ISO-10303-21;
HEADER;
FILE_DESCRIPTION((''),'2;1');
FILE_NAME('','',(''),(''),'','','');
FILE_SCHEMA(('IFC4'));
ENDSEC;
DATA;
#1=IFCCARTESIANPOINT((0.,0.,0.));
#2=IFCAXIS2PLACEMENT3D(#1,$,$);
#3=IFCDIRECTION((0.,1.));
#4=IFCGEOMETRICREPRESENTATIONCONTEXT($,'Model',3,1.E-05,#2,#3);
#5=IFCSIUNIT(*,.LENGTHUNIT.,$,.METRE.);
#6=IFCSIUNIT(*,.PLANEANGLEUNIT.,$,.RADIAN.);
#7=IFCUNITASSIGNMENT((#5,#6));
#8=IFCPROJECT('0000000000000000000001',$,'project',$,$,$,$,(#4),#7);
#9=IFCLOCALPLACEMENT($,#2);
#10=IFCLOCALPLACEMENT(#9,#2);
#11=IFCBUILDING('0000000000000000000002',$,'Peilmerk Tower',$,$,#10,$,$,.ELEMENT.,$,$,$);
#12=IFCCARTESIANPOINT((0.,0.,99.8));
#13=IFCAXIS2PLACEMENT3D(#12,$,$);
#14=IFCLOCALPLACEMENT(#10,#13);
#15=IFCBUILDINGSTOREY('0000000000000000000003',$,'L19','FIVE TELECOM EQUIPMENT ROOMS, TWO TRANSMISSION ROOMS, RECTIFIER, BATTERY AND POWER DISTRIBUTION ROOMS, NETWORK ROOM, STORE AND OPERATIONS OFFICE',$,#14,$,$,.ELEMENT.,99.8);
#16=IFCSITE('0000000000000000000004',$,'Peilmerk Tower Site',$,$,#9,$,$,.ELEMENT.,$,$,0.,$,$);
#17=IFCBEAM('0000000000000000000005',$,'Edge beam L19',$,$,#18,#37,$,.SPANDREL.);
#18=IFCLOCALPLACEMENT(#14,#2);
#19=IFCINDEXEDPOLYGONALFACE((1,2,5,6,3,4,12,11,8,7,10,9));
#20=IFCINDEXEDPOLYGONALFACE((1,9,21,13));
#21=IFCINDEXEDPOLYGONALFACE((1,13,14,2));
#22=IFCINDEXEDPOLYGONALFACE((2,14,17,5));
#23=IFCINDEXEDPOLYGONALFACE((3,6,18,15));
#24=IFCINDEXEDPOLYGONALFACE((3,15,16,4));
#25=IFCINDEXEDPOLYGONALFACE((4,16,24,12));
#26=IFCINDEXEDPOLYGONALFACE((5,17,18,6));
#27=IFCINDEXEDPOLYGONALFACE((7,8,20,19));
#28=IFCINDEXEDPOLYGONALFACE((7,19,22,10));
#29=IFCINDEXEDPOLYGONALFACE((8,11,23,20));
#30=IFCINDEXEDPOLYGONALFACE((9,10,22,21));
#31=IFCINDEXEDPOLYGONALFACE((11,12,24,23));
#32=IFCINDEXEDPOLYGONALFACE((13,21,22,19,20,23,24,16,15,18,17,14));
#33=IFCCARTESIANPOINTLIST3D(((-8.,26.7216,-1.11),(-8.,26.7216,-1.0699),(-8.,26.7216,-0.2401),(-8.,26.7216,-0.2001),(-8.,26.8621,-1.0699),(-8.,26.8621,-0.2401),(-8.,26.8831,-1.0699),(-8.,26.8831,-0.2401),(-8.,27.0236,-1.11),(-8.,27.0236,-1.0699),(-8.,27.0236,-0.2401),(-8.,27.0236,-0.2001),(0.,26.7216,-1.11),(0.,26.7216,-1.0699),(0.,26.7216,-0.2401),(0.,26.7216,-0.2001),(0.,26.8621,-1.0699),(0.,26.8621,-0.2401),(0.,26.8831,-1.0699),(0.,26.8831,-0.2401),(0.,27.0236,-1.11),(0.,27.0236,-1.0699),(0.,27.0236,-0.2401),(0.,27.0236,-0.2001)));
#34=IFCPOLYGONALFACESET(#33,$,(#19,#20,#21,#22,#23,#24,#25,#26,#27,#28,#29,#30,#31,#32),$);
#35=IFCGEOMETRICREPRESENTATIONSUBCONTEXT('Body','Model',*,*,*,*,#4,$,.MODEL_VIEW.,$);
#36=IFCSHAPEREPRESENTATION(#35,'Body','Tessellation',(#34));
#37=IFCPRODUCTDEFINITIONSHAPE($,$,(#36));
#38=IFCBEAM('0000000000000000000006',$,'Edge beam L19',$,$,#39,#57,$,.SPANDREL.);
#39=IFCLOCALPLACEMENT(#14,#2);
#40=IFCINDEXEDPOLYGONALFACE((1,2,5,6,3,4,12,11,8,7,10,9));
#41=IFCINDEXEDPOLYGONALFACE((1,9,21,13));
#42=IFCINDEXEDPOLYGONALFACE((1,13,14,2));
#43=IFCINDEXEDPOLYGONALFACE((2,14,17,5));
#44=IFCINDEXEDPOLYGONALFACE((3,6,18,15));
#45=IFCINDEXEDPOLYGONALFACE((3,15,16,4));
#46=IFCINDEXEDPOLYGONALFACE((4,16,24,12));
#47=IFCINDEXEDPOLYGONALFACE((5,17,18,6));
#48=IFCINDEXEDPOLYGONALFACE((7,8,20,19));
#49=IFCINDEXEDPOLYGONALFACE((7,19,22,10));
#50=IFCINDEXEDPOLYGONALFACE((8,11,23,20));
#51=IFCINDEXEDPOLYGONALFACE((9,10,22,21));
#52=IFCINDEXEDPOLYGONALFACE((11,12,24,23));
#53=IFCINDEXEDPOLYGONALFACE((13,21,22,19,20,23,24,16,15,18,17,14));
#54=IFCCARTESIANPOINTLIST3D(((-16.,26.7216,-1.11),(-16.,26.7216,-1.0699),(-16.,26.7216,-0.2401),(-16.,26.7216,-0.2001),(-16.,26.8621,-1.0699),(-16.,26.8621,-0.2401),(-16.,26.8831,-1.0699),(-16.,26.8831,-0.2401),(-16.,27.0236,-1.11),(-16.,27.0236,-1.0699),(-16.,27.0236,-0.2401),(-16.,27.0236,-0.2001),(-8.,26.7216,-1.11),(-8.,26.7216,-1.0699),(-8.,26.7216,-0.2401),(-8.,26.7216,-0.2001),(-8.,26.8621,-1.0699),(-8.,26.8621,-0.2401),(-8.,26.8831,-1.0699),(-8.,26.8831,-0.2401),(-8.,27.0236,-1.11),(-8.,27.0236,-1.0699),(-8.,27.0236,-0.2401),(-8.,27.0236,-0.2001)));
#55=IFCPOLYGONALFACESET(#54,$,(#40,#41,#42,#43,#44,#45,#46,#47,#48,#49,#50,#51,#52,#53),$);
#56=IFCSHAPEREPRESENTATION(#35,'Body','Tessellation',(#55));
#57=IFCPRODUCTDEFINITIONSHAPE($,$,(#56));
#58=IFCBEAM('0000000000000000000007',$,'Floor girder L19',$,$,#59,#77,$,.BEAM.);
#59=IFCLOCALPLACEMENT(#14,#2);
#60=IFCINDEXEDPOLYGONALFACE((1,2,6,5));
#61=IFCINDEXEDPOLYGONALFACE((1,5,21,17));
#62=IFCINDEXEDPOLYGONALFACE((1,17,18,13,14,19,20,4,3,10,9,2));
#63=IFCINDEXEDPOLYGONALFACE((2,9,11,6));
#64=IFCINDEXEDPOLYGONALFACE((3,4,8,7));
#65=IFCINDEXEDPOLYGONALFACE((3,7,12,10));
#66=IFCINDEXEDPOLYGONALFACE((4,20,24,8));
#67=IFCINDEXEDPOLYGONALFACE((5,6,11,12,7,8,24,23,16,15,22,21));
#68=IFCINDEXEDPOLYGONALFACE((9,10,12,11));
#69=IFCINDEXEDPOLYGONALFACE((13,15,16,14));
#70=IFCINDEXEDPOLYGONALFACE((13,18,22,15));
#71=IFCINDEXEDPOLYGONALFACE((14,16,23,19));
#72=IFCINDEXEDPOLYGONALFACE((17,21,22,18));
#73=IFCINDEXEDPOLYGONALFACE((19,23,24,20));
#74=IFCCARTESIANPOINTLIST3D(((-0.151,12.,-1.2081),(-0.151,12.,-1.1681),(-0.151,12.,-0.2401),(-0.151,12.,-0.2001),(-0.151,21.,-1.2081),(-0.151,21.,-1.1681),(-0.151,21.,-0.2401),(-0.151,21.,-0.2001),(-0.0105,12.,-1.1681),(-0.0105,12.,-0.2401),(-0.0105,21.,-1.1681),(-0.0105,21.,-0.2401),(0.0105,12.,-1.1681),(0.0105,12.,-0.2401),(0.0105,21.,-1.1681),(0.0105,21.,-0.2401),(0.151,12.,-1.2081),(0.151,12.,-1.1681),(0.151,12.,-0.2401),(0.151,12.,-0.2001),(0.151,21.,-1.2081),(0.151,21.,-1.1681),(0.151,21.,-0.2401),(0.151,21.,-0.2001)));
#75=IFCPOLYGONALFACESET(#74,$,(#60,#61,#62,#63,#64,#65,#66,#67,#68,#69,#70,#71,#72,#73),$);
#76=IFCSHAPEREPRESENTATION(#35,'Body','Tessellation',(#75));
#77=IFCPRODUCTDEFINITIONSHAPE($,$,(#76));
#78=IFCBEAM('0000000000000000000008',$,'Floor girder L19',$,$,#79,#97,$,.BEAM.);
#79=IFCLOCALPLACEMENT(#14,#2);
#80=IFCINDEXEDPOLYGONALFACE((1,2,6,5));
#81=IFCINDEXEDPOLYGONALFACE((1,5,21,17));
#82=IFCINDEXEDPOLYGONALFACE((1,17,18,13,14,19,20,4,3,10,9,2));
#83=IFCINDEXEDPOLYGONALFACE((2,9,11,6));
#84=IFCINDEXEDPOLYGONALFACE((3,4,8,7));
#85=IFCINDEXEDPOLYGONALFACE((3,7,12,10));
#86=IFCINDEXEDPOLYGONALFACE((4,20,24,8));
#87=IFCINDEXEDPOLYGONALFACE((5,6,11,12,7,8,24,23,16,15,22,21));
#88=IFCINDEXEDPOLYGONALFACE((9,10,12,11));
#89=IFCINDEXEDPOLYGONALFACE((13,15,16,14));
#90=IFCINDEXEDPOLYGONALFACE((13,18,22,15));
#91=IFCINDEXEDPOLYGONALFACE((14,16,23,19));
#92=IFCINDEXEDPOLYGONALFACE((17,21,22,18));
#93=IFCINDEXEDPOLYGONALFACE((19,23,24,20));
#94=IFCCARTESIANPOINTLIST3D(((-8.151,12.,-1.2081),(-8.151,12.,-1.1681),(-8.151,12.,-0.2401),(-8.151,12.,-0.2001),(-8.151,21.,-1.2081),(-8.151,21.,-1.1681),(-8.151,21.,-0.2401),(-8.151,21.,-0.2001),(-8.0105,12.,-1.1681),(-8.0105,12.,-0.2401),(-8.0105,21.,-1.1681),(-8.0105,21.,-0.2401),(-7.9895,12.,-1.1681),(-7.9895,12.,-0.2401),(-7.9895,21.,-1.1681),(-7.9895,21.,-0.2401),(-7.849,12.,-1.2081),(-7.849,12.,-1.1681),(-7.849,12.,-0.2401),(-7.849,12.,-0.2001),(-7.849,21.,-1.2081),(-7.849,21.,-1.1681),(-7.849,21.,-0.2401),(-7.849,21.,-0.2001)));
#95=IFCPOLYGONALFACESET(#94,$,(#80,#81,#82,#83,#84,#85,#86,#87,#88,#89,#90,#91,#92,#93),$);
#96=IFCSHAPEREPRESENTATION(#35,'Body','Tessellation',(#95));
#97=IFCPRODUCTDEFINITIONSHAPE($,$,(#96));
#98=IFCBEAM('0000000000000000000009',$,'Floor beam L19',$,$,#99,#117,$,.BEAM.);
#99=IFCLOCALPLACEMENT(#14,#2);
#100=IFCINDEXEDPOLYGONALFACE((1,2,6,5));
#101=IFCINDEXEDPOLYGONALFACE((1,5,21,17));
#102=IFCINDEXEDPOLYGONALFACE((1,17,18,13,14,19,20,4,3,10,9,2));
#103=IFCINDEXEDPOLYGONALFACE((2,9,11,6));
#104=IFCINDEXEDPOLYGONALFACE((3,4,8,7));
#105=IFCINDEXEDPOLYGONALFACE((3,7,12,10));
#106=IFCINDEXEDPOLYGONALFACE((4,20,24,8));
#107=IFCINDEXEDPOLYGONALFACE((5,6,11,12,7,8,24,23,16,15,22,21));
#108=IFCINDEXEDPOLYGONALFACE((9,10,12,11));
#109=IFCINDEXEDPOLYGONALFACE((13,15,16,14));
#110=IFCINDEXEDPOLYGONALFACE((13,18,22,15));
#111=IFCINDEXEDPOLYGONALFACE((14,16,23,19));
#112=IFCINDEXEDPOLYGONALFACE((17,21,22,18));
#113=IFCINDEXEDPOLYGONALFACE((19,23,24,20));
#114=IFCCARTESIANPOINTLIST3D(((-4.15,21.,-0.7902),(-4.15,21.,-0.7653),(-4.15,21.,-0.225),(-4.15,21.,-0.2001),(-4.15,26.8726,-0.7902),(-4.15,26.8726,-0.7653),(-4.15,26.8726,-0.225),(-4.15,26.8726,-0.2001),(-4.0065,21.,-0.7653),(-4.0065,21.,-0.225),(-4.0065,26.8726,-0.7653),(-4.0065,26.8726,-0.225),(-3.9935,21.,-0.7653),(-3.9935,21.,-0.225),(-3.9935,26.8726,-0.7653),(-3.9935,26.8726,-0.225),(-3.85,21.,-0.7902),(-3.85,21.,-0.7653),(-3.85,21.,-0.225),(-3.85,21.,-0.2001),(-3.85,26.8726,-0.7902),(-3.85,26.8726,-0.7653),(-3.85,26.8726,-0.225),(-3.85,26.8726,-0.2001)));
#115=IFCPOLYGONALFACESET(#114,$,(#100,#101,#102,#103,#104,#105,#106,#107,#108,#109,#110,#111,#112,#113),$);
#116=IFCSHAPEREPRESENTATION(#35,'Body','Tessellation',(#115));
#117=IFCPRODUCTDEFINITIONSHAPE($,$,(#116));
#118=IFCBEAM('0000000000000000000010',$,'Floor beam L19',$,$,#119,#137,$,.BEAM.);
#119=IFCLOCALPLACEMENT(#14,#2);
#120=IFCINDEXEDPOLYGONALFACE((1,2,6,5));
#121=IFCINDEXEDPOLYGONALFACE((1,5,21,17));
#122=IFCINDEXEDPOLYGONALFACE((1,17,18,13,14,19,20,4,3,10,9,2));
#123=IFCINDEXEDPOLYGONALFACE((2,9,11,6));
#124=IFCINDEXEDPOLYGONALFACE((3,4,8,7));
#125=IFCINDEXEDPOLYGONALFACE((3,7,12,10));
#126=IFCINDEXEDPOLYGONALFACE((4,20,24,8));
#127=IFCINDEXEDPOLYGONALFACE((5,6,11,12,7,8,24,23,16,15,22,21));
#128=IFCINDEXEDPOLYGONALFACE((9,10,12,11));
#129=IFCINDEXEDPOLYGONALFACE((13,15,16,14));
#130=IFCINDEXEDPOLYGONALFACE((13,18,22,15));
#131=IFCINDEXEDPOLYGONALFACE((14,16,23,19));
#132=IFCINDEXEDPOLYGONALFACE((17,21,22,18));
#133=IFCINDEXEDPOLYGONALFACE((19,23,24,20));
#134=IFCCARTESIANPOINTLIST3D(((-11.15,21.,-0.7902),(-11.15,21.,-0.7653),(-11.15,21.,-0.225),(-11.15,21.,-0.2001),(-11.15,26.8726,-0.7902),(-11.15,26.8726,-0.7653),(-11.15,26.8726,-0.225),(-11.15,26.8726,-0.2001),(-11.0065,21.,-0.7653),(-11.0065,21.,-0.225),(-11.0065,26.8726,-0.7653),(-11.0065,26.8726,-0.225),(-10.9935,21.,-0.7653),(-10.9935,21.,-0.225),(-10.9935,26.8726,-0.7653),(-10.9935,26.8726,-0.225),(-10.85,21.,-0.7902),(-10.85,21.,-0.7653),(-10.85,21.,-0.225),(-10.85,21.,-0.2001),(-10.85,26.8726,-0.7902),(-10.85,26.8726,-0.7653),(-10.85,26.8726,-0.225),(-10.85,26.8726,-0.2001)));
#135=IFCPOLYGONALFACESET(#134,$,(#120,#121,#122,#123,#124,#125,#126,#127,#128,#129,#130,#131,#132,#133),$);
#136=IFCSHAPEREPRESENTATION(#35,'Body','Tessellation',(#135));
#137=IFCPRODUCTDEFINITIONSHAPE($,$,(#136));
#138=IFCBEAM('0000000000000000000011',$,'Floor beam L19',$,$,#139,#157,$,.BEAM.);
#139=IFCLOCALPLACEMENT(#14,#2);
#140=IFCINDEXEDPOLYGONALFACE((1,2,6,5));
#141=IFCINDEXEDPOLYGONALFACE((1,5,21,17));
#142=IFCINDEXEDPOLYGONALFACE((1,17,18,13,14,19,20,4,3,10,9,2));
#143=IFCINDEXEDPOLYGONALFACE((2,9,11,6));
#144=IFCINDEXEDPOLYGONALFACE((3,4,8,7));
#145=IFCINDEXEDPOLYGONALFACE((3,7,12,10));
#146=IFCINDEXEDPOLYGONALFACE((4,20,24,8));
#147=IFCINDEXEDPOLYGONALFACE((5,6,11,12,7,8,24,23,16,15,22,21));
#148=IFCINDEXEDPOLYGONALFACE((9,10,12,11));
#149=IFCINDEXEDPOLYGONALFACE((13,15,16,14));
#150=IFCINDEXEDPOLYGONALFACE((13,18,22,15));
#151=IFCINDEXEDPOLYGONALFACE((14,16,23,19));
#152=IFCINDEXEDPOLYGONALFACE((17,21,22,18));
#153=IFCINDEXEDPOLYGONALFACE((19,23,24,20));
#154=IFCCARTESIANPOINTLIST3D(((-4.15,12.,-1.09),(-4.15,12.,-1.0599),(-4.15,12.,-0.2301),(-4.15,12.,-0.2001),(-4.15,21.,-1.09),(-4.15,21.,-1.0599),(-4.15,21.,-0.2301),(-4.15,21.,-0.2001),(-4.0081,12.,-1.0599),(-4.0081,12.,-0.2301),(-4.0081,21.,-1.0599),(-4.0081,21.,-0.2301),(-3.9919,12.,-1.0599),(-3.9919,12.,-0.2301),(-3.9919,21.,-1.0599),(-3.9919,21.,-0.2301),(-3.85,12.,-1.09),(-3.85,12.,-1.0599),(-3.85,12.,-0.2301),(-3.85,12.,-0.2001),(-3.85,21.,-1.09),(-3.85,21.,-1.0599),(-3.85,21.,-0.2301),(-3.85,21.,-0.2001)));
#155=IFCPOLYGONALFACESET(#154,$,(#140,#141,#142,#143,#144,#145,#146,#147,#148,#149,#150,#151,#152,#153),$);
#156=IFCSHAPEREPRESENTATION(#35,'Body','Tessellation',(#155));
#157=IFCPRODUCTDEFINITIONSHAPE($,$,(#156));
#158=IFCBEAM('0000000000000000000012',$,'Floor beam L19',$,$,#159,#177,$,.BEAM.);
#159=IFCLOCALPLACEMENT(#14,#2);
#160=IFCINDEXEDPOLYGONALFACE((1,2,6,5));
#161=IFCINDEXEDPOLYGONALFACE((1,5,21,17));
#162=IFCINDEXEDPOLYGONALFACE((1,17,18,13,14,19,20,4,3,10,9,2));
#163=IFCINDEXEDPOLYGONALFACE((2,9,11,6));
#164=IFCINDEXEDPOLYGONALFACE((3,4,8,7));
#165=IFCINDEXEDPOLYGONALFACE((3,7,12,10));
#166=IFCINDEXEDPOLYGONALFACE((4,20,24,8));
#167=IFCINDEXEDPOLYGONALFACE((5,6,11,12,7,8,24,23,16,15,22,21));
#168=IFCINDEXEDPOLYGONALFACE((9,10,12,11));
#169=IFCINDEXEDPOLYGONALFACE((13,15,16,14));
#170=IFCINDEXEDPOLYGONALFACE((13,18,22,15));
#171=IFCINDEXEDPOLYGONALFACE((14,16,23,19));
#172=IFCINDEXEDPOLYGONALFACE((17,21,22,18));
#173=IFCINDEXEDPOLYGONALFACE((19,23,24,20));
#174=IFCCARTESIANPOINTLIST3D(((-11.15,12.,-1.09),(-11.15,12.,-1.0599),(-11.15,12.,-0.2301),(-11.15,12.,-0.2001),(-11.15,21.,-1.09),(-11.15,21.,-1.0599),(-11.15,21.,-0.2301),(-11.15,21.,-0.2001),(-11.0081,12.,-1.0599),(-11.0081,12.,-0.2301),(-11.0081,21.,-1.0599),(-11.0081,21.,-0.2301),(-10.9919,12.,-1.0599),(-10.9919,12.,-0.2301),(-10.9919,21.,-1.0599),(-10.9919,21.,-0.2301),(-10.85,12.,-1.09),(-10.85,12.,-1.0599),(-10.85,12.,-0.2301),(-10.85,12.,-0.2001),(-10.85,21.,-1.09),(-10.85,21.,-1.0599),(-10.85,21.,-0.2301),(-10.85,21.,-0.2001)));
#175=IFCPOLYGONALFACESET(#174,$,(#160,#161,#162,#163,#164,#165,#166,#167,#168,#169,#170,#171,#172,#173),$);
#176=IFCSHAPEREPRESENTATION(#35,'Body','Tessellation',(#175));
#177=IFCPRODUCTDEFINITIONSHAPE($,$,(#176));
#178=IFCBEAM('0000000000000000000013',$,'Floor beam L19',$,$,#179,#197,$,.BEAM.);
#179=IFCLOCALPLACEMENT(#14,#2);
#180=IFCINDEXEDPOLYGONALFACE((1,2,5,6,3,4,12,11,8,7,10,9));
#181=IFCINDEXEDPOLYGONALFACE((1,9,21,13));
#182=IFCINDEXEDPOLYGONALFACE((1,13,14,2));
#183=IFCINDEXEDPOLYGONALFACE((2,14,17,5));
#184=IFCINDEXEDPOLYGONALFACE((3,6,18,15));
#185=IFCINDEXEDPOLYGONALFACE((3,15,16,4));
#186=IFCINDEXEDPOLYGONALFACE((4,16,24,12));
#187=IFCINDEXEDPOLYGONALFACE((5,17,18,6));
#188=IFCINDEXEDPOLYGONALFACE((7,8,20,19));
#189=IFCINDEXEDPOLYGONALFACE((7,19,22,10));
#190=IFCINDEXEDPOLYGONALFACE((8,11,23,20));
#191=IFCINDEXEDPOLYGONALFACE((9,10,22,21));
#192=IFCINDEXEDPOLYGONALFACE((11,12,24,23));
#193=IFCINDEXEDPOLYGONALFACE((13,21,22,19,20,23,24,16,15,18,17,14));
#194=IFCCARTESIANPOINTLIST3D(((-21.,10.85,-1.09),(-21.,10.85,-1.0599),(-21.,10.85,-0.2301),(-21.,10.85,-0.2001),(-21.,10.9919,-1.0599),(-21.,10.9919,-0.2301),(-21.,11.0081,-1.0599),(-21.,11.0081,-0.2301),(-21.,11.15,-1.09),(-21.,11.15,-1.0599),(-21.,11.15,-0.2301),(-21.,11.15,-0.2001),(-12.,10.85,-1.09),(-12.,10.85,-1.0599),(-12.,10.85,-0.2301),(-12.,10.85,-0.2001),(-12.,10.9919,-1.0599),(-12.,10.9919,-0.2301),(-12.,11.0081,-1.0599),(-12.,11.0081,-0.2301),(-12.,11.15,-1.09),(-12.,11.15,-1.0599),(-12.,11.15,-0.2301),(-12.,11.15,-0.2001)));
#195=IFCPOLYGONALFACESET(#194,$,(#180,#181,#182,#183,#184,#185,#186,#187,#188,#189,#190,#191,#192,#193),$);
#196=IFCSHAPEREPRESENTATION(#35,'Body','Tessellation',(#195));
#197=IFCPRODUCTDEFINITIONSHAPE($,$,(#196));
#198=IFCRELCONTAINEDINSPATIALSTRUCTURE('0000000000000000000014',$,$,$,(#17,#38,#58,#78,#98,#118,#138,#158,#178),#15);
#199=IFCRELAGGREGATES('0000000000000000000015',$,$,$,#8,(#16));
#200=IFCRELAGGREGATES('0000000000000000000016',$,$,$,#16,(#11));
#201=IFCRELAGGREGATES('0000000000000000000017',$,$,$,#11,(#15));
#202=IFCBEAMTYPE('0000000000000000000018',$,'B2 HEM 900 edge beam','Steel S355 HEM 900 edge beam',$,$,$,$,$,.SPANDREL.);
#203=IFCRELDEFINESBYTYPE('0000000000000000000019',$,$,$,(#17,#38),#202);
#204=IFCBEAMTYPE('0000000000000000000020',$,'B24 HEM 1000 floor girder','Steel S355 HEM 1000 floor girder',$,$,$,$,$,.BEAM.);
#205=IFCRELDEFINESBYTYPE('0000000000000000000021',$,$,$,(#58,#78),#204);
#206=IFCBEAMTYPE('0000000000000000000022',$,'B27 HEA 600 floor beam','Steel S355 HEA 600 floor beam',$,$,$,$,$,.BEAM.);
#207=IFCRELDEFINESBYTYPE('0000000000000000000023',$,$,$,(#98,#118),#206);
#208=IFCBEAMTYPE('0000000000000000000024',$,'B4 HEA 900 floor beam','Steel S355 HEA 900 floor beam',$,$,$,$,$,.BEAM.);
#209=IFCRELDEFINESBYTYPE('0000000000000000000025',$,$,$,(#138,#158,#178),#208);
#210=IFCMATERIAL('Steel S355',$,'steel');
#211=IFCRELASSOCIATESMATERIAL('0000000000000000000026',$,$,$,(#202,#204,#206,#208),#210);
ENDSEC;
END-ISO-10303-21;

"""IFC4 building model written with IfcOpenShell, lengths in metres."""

from ifc_helpers import new_model, si_unit, direction, frame, origin, origin_2d, place, context, subcontext, project, spatial, i_section, extrude, material, material_profile, profile_set, type_object, element, save


model = new_model("IFC4")

# Units and contexts
model_context = context("Model", 3, precision=1e-05, world=origin(), true_north=direction((0.0, 1.0)))
body_context = subcontext(model_context, "Body", "Model", "MODEL_VIEW")
ifc_project = project(units=[si_unit("LENGTHUNIT", "METRE"), si_unit("PLANEANGLEUNIT", "RADIAN")], contexts=[model_context])

# Site, building, storey
site_placement = place(None, origin())
site = spatial("IfcSite", under=ifc_project, at=site_placement, Name="Peilmerk Tower Site", CompositionType="ELEMENT", RefElevation=0.0)
building_placement = place(site_placement, origin())
building = spatial("IfcBuilding", under=site, at=building_placement, Name="Peilmerk Tower", CompositionType="ELEMENT")
storey_placement = place(building_placement, frame((0.0, 0.0, 99.8)))
storey = spatial("IfcBuildingStorey", under=building, at=storey_placement, Name="L19", Description="FIVE TELECOM EQUIPMENT ROOMS, TWO TRANSMISSION ROOMS, RECTIFIER, BATTERY AND POWER DISTRIBUTION ROOMS, NETWORK ROOM, STORE AND OPERATIONS OFFICE", CompositionType="ELEMENT", Elevation=99.8)

# Beams
ifc_material_1 = material(Name="Steel S355", Category="steel")
ifc_material_profile_1 = material_profile(ifc_material_1, i_section(OverallWidth=0.302, OverallDepth=0.9099, WebThickness=0.021, FlangeThickness=0.04, at=origin_2d()), Name="HEM 900")
ifc_profile_set_1 = profile_set([ifc_material_profile_1], Name="Steel S355")
beam_type_1 = type_object("IfcBeamType", Name="B2 HEM 900 edge beam", Description="Steel S355 HEM 900 edge beam", PredefinedType="SPANDREL", material=ifc_profile_set_1)
for number, where, z_axis, x_axis, name in (
    (1, (0.0, 26.8726, -0.655), (-1.0, 0.0, 0.0), (0.0, -1.0, 0.0), "Edge beam L19"),
    (2, (-8.0, 26.8726, -0.655), (-1.0, 0.0, 0.0), (0.0, -1.0, 0.0), "Edge beam L19"),
):
    element("IfcBeam", number, at=place(storey_placement, frame(where, z_axis=z_axis, x_axis=x_axis)), inside=storey, type_object=beam_type_1, Name=name, PredefinedType="SPANDREL", context=body_context, shape_type="SweptSolid", body=[
        extrude(i_section(OverallWidth=0.302, OverallDepth=0.9099, WebThickness=0.021, FlangeThickness=0.04, at=origin_2d()), origin(), (0.0, 0.0, 1.0), 8.0),
    ])
ifc_material_profile_2 = material_profile(ifc_material_1, i_section(OverallWidth=0.302, OverallDepth=1.0081, WebThickness=0.021, FlangeThickness=0.04, at=origin_2d()), Name="HEM 1000")
ifc_profile_set_2 = profile_set([ifc_material_profile_2], Name="Steel S355")
beam_type_2 = type_object("IfcBeamType", Name="B24 HEM 1000 floor girder", Description="Steel S355 HEM 1000 floor girder", PredefinedType="BEAM", material=ifc_profile_set_2)
for number, where, z_axis, x_axis, name in (
    (3, (0.0, 12.0, -0.7041), (0.0, 1.0, 0.0), (-1.0, 0.0, 0.0), "Floor girder L19"),
    (4, (-8.0, 12.0, -0.7041), (0.0, 1.0, 0.0), (-1.0, 0.0, 0.0), "Floor girder L19"),
):
    element("IfcBeam", number, at=place(storey_placement, frame(where, z_axis=z_axis, x_axis=x_axis)), inside=storey, type_object=beam_type_2, Name=name, PredefinedType="BEAM", context=body_context, shape_type="SweptSolid", body=[
        extrude(i_section(OverallWidth=0.302, OverallDepth=1.0081, WebThickness=0.021, FlangeThickness=0.04, at=origin_2d()), origin(), (0.0, 0.0, 1.0), 9.0),
    ])
ifc_material_profile_3 = material_profile(ifc_material_1, i_section(OverallWidth=0.3, OverallDepth=0.5901, WebThickness=0.0129, FlangeThickness=0.0249, at=origin_2d()), Name="HEA 600")
ifc_profile_set_3 = profile_set([ifc_material_profile_3], Name="Steel S355")
beam_type_3 = type_object("IfcBeamType", Name="B27 HEA 600 floor beam", Description="Steel S355 HEA 600 floor beam", PredefinedType="BEAM", material=ifc_profile_set_3)
for number, where, z_axis, x_axis, name in (
    (5, (-4.0, 21.0, -0.4951), (0.0, 1.0, 0.0), (-1.0, 0.0, 0.0), "Floor beam L19"),
    (6, (-11.0, 21.0, -0.4951), (0.0, 1.0, 0.0), (-1.0, 0.0, 0.0), "Floor beam L19"),
):
    element("IfcBeam", number, at=place(storey_placement, frame(where, z_axis=z_axis, x_axis=x_axis)), inside=storey, type_object=beam_type_3, Name=name, PredefinedType="BEAM", context=body_context, shape_type="SweptSolid", body=[
        extrude(i_section(OverallWidth=0.3, OverallDepth=0.5901, WebThickness=0.0129, FlangeThickness=0.0249, at=origin_2d()), origin(), (0.0, 0.0, 1.0), 5.8726),
    ])
ifc_material_profile_4 = material_profile(ifc_material_1, i_section(OverallWidth=0.3, OverallDepth=0.8899, WebThickness=0.0161, FlangeThickness=0.03, at=origin_2d()), Name="HEA 900")
ifc_profile_set_4 = profile_set([ifc_material_profile_4], Name="Steel S355")
beam_type_4 = type_object("IfcBeamType", Name="B4 HEA 900 floor beam", Description="Steel S355 HEA 900 floor beam", PredefinedType="BEAM", material=ifc_profile_set_4)
for number, where, z_axis, x_axis, name in (
    (7, (-4.0, 12.0, -0.645), (0.0, 1.0, 0.0), (-1.0, 0.0, 0.0), "Floor beam L19"),
    (8, (-11.0, 12.0, -0.645), (0.0, 1.0, 0.0), (-1.0, 0.0, 0.0), "Floor beam L19"),
    (9, (-12.0, 11.0, -0.645), (-1.0, 0.0, 0.0), (0.0, -1.0, 0.0), "Floor beam L19"),
):
    element("IfcBeam", number, at=place(storey_placement, frame(where, z_axis=z_axis, x_axis=x_axis)), inside=storey, type_object=beam_type_4, Name=name, PredefinedType="BEAM", context=body_context, shape_type="SweptSolid", body=[
        extrude(i_section(OverallWidth=0.3, OverallDepth=0.8899, WebThickness=0.0161, FlangeThickness=0.03, at=origin_2d()), origin(), (0.0, 0.0, 1.0), 9.0),
    ])

save(model, "model.ifc")
